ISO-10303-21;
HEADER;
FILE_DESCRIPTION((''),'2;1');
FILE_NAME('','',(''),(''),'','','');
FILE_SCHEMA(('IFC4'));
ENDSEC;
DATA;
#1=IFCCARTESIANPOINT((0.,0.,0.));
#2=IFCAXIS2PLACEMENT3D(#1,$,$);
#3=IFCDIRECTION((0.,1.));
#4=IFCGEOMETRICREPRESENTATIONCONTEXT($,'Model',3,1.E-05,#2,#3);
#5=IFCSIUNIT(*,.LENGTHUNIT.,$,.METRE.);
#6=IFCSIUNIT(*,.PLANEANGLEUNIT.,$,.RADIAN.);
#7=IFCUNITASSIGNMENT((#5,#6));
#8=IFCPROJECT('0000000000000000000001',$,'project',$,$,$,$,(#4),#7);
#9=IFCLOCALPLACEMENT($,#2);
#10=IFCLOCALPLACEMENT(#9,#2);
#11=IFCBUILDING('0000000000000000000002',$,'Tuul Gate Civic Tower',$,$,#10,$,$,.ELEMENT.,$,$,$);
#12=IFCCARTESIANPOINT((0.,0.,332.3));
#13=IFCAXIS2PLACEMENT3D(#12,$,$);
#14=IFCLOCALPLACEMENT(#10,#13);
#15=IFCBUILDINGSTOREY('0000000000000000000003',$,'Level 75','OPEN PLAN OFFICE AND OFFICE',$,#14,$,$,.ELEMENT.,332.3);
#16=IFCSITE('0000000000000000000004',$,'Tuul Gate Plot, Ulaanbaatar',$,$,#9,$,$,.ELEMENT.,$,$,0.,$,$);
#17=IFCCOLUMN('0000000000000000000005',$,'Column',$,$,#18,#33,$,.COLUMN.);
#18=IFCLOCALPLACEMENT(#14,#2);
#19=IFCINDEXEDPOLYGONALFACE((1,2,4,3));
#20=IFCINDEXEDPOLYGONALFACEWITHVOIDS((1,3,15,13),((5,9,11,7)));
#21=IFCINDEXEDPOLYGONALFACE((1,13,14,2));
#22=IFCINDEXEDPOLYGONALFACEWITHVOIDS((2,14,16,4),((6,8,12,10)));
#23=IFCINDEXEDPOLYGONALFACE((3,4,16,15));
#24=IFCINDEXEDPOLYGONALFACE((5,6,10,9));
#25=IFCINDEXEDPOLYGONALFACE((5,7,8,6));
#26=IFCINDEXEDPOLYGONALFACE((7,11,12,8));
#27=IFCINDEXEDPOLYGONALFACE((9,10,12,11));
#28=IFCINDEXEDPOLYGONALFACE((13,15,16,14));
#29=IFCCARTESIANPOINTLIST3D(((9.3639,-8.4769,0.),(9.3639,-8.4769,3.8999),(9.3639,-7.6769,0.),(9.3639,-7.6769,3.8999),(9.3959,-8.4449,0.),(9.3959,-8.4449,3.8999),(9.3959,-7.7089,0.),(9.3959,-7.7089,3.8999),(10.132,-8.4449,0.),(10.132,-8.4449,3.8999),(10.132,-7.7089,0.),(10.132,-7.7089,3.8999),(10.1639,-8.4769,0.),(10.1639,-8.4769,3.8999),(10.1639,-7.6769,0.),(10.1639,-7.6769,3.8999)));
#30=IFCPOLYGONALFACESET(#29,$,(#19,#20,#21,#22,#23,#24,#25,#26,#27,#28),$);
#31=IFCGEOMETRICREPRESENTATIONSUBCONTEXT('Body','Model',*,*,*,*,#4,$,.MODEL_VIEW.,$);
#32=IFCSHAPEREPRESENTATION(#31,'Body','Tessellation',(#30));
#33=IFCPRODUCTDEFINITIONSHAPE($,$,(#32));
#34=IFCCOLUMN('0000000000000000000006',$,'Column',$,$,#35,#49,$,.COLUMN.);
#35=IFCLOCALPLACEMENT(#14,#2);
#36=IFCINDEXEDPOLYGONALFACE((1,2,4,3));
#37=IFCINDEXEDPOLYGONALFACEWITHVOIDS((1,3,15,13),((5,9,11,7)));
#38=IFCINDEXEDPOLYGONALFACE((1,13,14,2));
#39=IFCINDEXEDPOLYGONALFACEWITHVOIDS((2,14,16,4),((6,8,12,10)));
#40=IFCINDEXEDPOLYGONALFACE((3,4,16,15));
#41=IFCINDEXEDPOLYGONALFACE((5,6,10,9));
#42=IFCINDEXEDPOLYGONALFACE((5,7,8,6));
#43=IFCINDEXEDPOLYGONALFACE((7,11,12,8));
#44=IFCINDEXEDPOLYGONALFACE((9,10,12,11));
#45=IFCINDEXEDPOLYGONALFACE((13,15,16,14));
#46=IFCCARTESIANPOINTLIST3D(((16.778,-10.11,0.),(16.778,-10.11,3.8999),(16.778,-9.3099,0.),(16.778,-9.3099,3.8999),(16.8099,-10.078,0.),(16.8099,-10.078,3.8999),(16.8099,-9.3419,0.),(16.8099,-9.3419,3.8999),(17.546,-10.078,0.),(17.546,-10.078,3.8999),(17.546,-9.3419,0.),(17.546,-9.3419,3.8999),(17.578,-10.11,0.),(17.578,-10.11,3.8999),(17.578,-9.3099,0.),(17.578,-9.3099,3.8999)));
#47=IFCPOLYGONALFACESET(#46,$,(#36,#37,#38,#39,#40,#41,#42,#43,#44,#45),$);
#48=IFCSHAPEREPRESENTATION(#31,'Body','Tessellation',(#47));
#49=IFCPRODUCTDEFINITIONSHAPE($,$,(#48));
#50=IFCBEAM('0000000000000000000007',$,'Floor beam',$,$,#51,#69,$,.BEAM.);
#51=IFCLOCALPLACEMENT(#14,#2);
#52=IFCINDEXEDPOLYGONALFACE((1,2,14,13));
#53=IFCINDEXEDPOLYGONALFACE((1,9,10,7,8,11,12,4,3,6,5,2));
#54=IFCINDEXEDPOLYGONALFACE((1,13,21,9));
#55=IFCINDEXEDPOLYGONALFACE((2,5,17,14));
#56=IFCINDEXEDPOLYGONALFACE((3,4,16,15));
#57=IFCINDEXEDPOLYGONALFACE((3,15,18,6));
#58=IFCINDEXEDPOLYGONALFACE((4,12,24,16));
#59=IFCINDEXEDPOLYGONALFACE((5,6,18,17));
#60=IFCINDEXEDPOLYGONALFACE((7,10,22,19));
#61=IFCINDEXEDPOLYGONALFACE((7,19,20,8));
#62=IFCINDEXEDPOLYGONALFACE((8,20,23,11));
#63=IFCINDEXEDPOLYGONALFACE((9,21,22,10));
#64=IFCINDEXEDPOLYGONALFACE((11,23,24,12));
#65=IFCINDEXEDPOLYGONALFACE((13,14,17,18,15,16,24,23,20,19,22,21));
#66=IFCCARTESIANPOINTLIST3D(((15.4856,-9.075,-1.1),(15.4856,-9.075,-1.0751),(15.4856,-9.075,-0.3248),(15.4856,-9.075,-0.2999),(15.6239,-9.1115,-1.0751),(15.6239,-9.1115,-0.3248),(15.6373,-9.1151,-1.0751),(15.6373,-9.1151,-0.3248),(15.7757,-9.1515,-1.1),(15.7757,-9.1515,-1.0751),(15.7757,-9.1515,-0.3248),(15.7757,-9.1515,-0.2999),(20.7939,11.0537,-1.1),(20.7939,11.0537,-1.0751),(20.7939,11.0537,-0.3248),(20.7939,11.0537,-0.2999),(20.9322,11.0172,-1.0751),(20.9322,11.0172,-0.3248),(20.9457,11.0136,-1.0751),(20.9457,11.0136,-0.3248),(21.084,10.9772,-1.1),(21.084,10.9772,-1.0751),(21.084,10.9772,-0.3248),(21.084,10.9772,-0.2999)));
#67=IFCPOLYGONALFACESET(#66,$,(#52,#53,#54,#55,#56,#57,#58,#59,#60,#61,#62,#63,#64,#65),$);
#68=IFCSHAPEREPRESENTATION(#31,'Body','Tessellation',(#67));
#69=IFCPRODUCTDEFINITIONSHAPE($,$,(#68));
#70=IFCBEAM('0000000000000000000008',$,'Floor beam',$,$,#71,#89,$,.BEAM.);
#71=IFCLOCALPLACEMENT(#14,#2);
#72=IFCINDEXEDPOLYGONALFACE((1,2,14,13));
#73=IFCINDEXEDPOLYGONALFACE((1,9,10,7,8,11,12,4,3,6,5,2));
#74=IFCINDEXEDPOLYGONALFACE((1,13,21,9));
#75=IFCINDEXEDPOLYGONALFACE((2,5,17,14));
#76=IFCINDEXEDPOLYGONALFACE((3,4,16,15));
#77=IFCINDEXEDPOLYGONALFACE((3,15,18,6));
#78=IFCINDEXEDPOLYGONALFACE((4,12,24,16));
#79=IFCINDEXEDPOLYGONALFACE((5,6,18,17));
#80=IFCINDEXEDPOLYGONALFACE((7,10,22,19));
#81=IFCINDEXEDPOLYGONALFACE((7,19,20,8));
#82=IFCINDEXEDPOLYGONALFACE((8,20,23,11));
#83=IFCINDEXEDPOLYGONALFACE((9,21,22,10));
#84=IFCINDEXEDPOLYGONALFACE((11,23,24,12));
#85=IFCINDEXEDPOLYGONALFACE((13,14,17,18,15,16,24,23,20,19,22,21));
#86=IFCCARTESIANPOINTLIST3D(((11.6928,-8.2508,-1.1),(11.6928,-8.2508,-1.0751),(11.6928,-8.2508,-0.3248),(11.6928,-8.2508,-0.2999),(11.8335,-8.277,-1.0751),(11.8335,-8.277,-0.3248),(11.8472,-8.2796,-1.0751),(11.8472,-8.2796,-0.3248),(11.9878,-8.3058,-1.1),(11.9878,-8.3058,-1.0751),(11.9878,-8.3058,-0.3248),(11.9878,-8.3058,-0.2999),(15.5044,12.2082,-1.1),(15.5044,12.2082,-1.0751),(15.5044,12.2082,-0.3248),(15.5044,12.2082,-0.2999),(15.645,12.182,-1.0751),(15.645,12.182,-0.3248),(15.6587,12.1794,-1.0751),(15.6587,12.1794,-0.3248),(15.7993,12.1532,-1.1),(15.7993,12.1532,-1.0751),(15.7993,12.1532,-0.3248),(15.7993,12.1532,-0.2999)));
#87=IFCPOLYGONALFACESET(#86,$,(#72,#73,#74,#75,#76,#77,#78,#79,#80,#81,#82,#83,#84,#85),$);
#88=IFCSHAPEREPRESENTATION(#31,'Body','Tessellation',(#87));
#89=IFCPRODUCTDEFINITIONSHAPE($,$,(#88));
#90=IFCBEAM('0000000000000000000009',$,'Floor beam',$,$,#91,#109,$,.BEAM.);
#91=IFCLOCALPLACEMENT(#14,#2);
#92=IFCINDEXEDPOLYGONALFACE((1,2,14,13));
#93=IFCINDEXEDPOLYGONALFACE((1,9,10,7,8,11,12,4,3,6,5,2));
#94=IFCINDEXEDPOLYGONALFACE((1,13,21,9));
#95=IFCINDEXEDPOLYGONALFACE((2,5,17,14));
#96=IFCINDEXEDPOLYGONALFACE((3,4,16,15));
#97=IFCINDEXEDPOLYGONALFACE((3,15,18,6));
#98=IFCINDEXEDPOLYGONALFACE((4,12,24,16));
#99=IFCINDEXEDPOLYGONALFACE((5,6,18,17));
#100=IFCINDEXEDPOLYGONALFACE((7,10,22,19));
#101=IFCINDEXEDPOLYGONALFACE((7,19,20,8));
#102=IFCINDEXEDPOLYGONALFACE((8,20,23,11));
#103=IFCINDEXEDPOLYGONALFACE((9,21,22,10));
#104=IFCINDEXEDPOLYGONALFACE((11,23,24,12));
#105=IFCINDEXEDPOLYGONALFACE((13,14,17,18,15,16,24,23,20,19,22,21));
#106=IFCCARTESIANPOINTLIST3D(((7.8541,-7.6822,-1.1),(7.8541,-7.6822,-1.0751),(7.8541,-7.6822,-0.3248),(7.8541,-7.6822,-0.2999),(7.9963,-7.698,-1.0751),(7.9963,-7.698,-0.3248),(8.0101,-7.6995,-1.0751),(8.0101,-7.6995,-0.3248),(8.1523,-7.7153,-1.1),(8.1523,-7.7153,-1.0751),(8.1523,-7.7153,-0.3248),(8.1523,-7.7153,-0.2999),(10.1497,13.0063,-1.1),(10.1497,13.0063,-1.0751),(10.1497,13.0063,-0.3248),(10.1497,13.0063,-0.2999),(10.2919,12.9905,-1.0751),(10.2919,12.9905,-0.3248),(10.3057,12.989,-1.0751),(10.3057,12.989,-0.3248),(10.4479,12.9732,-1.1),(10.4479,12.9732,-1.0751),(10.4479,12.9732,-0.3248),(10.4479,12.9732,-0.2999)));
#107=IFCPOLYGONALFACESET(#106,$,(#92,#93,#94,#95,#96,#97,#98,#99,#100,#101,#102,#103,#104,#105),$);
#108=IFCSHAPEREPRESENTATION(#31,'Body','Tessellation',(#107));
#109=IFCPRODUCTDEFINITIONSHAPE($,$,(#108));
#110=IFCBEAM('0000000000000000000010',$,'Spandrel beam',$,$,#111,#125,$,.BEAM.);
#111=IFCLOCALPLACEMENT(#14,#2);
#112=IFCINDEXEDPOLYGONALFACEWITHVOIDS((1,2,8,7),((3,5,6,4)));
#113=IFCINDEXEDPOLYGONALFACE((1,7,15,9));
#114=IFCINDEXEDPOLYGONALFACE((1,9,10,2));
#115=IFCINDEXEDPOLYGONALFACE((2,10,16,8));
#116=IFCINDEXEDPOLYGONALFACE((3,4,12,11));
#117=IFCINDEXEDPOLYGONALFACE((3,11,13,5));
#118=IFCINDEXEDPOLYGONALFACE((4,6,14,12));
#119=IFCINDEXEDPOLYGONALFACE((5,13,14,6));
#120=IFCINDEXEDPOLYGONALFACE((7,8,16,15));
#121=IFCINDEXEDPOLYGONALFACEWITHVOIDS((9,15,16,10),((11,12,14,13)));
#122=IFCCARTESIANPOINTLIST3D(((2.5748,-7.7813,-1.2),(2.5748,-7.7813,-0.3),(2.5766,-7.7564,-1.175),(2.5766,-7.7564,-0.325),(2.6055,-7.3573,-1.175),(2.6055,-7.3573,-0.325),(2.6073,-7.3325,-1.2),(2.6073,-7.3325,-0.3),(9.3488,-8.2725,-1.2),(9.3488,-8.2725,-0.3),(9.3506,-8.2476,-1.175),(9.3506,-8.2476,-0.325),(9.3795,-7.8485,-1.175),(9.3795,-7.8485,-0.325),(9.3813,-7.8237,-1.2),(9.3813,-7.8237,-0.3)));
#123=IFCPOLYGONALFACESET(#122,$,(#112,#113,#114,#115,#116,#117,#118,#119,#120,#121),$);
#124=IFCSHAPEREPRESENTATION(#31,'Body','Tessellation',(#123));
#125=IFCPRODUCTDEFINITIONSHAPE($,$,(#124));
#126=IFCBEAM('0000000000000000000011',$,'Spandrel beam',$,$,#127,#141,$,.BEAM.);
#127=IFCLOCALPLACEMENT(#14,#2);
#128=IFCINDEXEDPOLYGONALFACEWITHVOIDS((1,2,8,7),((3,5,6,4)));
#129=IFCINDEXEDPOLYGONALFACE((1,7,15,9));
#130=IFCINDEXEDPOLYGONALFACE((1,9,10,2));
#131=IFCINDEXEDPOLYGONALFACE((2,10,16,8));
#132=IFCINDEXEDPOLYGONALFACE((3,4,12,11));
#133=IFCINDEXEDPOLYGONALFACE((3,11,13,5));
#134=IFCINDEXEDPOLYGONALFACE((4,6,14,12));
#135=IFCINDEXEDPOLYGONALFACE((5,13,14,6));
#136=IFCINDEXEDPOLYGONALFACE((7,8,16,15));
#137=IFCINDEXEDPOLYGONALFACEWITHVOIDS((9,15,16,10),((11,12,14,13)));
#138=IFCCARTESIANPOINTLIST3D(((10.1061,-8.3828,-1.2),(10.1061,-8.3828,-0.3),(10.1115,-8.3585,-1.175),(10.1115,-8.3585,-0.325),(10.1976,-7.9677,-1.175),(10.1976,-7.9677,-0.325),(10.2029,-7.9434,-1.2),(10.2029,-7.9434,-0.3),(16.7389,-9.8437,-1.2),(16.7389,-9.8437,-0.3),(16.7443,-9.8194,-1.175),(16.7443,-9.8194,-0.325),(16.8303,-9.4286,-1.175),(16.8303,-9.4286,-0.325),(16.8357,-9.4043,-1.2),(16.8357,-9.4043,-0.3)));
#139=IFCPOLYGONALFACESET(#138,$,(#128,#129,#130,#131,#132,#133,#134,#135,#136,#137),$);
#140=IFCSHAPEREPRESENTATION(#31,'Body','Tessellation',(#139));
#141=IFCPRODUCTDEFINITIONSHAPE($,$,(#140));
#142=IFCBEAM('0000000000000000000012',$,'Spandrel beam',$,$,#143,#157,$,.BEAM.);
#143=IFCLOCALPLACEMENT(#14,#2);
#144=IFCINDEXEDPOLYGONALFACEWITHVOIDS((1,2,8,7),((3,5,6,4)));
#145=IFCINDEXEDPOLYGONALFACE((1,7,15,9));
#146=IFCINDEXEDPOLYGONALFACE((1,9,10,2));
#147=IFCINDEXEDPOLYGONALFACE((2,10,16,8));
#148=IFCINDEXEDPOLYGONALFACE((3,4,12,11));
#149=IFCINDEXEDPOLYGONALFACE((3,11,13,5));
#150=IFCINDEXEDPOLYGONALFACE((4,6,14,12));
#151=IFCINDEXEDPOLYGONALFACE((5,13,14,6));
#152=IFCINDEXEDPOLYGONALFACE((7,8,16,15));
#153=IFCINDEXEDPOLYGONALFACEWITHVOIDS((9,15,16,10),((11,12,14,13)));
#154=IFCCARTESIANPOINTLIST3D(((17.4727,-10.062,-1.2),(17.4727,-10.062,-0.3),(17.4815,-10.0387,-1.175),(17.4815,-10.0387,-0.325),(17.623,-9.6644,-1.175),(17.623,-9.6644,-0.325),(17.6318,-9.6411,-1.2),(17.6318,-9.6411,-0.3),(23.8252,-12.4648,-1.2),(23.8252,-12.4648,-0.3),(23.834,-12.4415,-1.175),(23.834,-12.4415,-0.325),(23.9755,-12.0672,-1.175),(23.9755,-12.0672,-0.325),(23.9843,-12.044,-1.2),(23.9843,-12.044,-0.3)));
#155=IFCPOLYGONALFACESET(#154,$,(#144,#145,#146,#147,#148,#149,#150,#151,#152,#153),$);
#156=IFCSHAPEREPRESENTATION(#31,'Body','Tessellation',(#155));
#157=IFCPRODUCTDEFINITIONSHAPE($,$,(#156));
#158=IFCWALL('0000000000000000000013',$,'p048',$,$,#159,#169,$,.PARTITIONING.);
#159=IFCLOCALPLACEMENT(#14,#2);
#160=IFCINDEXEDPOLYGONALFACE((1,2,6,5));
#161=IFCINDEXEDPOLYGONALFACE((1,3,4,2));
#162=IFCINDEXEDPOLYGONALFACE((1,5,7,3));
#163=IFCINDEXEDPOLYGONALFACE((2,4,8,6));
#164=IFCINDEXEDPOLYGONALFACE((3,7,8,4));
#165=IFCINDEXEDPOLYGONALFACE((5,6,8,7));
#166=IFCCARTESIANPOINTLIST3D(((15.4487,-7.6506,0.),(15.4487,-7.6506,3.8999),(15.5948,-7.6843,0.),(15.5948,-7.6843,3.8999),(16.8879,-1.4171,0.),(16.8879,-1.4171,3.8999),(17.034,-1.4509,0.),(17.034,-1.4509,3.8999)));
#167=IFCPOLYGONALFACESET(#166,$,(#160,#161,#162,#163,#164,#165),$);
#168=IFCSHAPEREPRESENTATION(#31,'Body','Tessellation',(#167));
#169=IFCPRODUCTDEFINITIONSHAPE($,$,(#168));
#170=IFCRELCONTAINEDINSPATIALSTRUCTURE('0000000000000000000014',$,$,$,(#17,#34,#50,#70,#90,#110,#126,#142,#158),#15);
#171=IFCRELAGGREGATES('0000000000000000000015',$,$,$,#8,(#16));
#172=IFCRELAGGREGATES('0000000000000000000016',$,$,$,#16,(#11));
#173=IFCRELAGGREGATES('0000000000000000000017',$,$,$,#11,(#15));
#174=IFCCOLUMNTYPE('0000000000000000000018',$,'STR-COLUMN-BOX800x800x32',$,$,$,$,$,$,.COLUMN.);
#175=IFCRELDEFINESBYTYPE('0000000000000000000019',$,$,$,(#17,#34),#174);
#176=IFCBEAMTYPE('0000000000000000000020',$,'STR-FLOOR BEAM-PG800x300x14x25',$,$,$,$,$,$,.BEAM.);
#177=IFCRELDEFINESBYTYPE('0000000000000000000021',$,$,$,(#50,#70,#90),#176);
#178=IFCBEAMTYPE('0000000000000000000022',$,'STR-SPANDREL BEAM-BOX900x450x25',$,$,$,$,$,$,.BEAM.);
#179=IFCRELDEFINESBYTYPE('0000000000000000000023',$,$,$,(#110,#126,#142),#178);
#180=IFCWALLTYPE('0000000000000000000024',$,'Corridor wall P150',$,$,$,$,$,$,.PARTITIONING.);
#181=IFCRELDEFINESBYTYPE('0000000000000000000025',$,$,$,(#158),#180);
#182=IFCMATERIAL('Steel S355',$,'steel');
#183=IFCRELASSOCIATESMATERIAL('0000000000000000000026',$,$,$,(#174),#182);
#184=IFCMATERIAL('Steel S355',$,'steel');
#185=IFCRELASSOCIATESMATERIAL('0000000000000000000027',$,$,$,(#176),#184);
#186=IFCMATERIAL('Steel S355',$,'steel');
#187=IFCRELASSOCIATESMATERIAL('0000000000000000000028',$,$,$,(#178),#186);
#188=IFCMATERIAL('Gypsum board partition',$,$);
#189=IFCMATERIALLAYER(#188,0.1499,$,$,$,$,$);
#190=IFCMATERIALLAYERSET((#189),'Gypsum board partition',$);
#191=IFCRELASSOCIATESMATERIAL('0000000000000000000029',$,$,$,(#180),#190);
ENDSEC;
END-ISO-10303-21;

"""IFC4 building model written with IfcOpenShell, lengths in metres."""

from ifc_helpers import new_model, si_unit, direction, frame, frame_2d, origin, origin_2d, place, context, subcontext, project, spatial, rectangle, hollow_rectangle, i_section, extrude, material, layer, layer_set, material_profile, profile_set, type_object, element, save


model = new_model("IFC4")

# Units and contexts
model_context = context("Model", 3, precision=1e-05, world=origin(), true_north=direction((0.0, 1.0)))
body_context = subcontext(model_context, "Body", "Model", "MODEL_VIEW")
ifc_project = project(units=[si_unit("LENGTHUNIT", "METRE"), si_unit("PLANEANGLEUNIT", "RADIAN")], contexts=[model_context])

# Site, building, storey
site_placement = place(None, origin())
site = spatial("IfcSite", under=ifc_project, at=site_placement, Name="Tuul Gate Plot, Ulaanbaatar", CompositionType="ELEMENT", RefElevation=0.0)
building_placement = place(site_placement, origin())
building = spatial("IfcBuilding", under=site, at=building_placement, Name="Tuul Gate Civic Tower", CompositionType="ELEMENT")
storey_placement = place(building_placement, frame((0.0, 0.0, 332.3)))
storey = spatial("IfcBuildingStorey", under=building, at=storey_placement, Name="Level 75", Description="OPEN PLAN OFFICE AND OFFICE", CompositionType="ELEMENT", Elevation=332.3)

# Columns
ifc_material_1 = material(Name="Steel S355", Category="steel")
ifc_material_profile_1 = material_profile(ifc_material_1, hollow_rectangle(XDim=0.8, YDim=0.8, WallThickness=0.032, at=origin_2d()), Name="BOX800x800x32")
ifc_profile_set_1 = profile_set([ifc_material_profile_1], Name="Steel S355")
column_type = type_object("IfcColumnType", Name="STR-COLUMN-BOX800x800x32", PredefinedType="COLUMN", material=ifc_profile_set_1)
for number, where, z_axis, x_axis, name in (
    (1, (9.7639, -8.0769, 0.0), (0.0, 0.0, 1.0), (1.0, 0.0, 0.0), "Column"),
    (2, (17.178, -9.71, 0.0), (0.0, 0.0, 1.0), (1.0, 0.0, 0.0), "Column"),
):
    element("IfcColumn", number, at=place(storey_placement, frame(where, z_axis=z_axis, x_axis=x_axis)), inside=storey, type_object=column_type, Name=name, PredefinedType="COLUMN", context=body_context, shape_type="SweptSolid", body=[
        extrude(hollow_rectangle(XDim=0.8, YDim=0.8, WallThickness=0.032, at=origin_2d()), origin(), (0.0, 0.0, 1.0), 3.8999),
    ])

# Beams
ifc_material_2 = material(Name="Steel S355", Category="steel")
ifc_material_profile_2 = material_profile(ifc_material_2, i_section(OverallWidth=0.3, OverallDepth=0.8, WebThickness=0.0139, FlangeThickness=0.0249, at=origin_2d()), Name="PG800x300x14x25")
ifc_profile_set_2 = profile_set([ifc_material_profile_2], Name="Steel S355")
beam_type_1 = type_object("IfcBeamType", Name="STR-FLOOR BEAM-PG800x300x14x25", PredefinedType="BEAM", material=ifc_profile_set_2)
beam_1_placement = place(storey_placement, frame((15.6306, -9.1133, -0.7), z_axis=(0.255002, 0.96694, 0.0), x_axis=(-0.96694, 0.255002, 0.0)))
element("IfcBeam", 3, at=beam_1_placement, inside=storey, type_object=beam_type_1, Name="Floor beam", PredefinedType="BEAM", context=body_context, shape_type="SweptSolid", body=[
    extrude(i_section(OverallWidth=0.3, OverallDepth=0.8, WebThickness=0.0139, FlangeThickness=0.0249, at=origin_2d()), origin(), (0.0, 0.0, 1.0), 20.8169),
])
beam_2_placement = place(storey_placement, frame((11.8403, -8.2783, -0.7), z_axis=(0.183149, 0.983085, 0.0), x_axis=(-0.983085, 0.183149, 0.0)))
element("IfcBeam", 4, at=beam_2_placement, inside=storey, type_object=beam_type_1, Name="Floor beam", PredefinedType="BEAM", context=body_context, shape_type="SweptSolid", body=[
    extrude(i_section(OverallWidth=0.3, OverallDepth=0.8, WebThickness=0.0139, FlangeThickness=0.0249, at=origin_2d()), origin(), (0.0, 0.0, 1.0), 20.811),
])
beam_3_placement = place(storey_placement, frame((8.0032, -7.6987, -0.7), z_axis=(0.110286, 0.9939, 0.0), x_axis=(-0.9939, 0.110286, 0.0)))
element("IfcBeam", 5, at=beam_3_placement, inside=storey, type_object=beam_type_1, Name="Floor beam", PredefinedType="BEAM", context=body_context, shape_type="SweptSolid", body=[
    extrude(i_section(OverallWidth=0.3, OverallDepth=0.8, WebThickness=0.0139, FlangeThickness=0.0249, at=origin_2d()), origin(), (0.0, 0.0, 1.0), 20.8154),
])
ifc_material_3 = material(Name="Steel S355", Category="steel")
ifc_material_profile_3 = material_profile(ifc_material_3, hollow_rectangle(XDim=0.45, YDim=0.8999, WallThickness=0.0249, at=origin_2d()), Name="BOX900x450x25")
ifc_profile_set_3 = profile_set([ifc_material_profile_3], Name="Steel S355")
beam_type_2 = type_object("IfcBeamType", Name="STR-SPANDREL BEAM-BOX900x450x25", PredefinedType="BEAM", material=ifc_profile_set_3)
for number, where, z_axis, x_axis, name in (
    (6, (2.5911, -7.5569, -0.75), (0.997381, -0.072325, 0.0), (0.072325, 0.997381, 0.0), "Spandrel beam"),
    (7, (10.1545, -8.1631, -0.75), (0.976591, -0.215103, 0.0), (0.215103, 0.976591, 0.0), "Spandrel beam"),
    (8, (17.5522, -9.8516, -0.75), (0.935327, -0.353785, 0.0), (0.353785, 0.935327, 0.0), "Spandrel beam"),
):
    element("IfcBeam", number, at=place(storey_placement, frame(where, z_axis=z_axis, x_axis=x_axis)), inside=storey, type_object=beam_type_2, Name=name, PredefinedType="BEAM", context=body_context, shape_type="SweptSolid", body=[
        extrude(hollow_rectangle(XDim=0.45, YDim=0.8999, WallThickness=0.0249, at=origin_2d()), origin(), (0.0, 0.0, 1.0), 6.7917),
    ])

# Wall
ifc_material_4 = material(Name="Gypsum board partition")
ifc_layer_1 = layer(ifc_material_4, 0.1499)
ifc_layer_set_1 = layer_set([ifc_layer_1], Name="Gypsum board partition")
wall_type_1 = type_object("IfcWallType", Name="Corridor wall P150", PredefinedType="PARTITIONING", material=ifc_layer_set_1)
wall_1_placement = place(storey_placement, frame((15.5217, -7.6675, 0.0), z_axis=(0.0, 0.0, 1.0), x_axis=(0.224968, 0.974366, 0.0)))
element("IfcWall", 9, at=wall_1_placement, inside=storey, type_object=wall_type_1, Name="p048", PredefinedType="PARTITIONING", context=body_context, shape_type="SweptSolid", body=[
    extrude(rectangle(XDim=6.3975, YDim=0.1499, at=frame_2d((3.1987, 0.0))), origin(), (0.0, 0.0, 1.0), 3.8999),
])

save(model, "model.ifc")
